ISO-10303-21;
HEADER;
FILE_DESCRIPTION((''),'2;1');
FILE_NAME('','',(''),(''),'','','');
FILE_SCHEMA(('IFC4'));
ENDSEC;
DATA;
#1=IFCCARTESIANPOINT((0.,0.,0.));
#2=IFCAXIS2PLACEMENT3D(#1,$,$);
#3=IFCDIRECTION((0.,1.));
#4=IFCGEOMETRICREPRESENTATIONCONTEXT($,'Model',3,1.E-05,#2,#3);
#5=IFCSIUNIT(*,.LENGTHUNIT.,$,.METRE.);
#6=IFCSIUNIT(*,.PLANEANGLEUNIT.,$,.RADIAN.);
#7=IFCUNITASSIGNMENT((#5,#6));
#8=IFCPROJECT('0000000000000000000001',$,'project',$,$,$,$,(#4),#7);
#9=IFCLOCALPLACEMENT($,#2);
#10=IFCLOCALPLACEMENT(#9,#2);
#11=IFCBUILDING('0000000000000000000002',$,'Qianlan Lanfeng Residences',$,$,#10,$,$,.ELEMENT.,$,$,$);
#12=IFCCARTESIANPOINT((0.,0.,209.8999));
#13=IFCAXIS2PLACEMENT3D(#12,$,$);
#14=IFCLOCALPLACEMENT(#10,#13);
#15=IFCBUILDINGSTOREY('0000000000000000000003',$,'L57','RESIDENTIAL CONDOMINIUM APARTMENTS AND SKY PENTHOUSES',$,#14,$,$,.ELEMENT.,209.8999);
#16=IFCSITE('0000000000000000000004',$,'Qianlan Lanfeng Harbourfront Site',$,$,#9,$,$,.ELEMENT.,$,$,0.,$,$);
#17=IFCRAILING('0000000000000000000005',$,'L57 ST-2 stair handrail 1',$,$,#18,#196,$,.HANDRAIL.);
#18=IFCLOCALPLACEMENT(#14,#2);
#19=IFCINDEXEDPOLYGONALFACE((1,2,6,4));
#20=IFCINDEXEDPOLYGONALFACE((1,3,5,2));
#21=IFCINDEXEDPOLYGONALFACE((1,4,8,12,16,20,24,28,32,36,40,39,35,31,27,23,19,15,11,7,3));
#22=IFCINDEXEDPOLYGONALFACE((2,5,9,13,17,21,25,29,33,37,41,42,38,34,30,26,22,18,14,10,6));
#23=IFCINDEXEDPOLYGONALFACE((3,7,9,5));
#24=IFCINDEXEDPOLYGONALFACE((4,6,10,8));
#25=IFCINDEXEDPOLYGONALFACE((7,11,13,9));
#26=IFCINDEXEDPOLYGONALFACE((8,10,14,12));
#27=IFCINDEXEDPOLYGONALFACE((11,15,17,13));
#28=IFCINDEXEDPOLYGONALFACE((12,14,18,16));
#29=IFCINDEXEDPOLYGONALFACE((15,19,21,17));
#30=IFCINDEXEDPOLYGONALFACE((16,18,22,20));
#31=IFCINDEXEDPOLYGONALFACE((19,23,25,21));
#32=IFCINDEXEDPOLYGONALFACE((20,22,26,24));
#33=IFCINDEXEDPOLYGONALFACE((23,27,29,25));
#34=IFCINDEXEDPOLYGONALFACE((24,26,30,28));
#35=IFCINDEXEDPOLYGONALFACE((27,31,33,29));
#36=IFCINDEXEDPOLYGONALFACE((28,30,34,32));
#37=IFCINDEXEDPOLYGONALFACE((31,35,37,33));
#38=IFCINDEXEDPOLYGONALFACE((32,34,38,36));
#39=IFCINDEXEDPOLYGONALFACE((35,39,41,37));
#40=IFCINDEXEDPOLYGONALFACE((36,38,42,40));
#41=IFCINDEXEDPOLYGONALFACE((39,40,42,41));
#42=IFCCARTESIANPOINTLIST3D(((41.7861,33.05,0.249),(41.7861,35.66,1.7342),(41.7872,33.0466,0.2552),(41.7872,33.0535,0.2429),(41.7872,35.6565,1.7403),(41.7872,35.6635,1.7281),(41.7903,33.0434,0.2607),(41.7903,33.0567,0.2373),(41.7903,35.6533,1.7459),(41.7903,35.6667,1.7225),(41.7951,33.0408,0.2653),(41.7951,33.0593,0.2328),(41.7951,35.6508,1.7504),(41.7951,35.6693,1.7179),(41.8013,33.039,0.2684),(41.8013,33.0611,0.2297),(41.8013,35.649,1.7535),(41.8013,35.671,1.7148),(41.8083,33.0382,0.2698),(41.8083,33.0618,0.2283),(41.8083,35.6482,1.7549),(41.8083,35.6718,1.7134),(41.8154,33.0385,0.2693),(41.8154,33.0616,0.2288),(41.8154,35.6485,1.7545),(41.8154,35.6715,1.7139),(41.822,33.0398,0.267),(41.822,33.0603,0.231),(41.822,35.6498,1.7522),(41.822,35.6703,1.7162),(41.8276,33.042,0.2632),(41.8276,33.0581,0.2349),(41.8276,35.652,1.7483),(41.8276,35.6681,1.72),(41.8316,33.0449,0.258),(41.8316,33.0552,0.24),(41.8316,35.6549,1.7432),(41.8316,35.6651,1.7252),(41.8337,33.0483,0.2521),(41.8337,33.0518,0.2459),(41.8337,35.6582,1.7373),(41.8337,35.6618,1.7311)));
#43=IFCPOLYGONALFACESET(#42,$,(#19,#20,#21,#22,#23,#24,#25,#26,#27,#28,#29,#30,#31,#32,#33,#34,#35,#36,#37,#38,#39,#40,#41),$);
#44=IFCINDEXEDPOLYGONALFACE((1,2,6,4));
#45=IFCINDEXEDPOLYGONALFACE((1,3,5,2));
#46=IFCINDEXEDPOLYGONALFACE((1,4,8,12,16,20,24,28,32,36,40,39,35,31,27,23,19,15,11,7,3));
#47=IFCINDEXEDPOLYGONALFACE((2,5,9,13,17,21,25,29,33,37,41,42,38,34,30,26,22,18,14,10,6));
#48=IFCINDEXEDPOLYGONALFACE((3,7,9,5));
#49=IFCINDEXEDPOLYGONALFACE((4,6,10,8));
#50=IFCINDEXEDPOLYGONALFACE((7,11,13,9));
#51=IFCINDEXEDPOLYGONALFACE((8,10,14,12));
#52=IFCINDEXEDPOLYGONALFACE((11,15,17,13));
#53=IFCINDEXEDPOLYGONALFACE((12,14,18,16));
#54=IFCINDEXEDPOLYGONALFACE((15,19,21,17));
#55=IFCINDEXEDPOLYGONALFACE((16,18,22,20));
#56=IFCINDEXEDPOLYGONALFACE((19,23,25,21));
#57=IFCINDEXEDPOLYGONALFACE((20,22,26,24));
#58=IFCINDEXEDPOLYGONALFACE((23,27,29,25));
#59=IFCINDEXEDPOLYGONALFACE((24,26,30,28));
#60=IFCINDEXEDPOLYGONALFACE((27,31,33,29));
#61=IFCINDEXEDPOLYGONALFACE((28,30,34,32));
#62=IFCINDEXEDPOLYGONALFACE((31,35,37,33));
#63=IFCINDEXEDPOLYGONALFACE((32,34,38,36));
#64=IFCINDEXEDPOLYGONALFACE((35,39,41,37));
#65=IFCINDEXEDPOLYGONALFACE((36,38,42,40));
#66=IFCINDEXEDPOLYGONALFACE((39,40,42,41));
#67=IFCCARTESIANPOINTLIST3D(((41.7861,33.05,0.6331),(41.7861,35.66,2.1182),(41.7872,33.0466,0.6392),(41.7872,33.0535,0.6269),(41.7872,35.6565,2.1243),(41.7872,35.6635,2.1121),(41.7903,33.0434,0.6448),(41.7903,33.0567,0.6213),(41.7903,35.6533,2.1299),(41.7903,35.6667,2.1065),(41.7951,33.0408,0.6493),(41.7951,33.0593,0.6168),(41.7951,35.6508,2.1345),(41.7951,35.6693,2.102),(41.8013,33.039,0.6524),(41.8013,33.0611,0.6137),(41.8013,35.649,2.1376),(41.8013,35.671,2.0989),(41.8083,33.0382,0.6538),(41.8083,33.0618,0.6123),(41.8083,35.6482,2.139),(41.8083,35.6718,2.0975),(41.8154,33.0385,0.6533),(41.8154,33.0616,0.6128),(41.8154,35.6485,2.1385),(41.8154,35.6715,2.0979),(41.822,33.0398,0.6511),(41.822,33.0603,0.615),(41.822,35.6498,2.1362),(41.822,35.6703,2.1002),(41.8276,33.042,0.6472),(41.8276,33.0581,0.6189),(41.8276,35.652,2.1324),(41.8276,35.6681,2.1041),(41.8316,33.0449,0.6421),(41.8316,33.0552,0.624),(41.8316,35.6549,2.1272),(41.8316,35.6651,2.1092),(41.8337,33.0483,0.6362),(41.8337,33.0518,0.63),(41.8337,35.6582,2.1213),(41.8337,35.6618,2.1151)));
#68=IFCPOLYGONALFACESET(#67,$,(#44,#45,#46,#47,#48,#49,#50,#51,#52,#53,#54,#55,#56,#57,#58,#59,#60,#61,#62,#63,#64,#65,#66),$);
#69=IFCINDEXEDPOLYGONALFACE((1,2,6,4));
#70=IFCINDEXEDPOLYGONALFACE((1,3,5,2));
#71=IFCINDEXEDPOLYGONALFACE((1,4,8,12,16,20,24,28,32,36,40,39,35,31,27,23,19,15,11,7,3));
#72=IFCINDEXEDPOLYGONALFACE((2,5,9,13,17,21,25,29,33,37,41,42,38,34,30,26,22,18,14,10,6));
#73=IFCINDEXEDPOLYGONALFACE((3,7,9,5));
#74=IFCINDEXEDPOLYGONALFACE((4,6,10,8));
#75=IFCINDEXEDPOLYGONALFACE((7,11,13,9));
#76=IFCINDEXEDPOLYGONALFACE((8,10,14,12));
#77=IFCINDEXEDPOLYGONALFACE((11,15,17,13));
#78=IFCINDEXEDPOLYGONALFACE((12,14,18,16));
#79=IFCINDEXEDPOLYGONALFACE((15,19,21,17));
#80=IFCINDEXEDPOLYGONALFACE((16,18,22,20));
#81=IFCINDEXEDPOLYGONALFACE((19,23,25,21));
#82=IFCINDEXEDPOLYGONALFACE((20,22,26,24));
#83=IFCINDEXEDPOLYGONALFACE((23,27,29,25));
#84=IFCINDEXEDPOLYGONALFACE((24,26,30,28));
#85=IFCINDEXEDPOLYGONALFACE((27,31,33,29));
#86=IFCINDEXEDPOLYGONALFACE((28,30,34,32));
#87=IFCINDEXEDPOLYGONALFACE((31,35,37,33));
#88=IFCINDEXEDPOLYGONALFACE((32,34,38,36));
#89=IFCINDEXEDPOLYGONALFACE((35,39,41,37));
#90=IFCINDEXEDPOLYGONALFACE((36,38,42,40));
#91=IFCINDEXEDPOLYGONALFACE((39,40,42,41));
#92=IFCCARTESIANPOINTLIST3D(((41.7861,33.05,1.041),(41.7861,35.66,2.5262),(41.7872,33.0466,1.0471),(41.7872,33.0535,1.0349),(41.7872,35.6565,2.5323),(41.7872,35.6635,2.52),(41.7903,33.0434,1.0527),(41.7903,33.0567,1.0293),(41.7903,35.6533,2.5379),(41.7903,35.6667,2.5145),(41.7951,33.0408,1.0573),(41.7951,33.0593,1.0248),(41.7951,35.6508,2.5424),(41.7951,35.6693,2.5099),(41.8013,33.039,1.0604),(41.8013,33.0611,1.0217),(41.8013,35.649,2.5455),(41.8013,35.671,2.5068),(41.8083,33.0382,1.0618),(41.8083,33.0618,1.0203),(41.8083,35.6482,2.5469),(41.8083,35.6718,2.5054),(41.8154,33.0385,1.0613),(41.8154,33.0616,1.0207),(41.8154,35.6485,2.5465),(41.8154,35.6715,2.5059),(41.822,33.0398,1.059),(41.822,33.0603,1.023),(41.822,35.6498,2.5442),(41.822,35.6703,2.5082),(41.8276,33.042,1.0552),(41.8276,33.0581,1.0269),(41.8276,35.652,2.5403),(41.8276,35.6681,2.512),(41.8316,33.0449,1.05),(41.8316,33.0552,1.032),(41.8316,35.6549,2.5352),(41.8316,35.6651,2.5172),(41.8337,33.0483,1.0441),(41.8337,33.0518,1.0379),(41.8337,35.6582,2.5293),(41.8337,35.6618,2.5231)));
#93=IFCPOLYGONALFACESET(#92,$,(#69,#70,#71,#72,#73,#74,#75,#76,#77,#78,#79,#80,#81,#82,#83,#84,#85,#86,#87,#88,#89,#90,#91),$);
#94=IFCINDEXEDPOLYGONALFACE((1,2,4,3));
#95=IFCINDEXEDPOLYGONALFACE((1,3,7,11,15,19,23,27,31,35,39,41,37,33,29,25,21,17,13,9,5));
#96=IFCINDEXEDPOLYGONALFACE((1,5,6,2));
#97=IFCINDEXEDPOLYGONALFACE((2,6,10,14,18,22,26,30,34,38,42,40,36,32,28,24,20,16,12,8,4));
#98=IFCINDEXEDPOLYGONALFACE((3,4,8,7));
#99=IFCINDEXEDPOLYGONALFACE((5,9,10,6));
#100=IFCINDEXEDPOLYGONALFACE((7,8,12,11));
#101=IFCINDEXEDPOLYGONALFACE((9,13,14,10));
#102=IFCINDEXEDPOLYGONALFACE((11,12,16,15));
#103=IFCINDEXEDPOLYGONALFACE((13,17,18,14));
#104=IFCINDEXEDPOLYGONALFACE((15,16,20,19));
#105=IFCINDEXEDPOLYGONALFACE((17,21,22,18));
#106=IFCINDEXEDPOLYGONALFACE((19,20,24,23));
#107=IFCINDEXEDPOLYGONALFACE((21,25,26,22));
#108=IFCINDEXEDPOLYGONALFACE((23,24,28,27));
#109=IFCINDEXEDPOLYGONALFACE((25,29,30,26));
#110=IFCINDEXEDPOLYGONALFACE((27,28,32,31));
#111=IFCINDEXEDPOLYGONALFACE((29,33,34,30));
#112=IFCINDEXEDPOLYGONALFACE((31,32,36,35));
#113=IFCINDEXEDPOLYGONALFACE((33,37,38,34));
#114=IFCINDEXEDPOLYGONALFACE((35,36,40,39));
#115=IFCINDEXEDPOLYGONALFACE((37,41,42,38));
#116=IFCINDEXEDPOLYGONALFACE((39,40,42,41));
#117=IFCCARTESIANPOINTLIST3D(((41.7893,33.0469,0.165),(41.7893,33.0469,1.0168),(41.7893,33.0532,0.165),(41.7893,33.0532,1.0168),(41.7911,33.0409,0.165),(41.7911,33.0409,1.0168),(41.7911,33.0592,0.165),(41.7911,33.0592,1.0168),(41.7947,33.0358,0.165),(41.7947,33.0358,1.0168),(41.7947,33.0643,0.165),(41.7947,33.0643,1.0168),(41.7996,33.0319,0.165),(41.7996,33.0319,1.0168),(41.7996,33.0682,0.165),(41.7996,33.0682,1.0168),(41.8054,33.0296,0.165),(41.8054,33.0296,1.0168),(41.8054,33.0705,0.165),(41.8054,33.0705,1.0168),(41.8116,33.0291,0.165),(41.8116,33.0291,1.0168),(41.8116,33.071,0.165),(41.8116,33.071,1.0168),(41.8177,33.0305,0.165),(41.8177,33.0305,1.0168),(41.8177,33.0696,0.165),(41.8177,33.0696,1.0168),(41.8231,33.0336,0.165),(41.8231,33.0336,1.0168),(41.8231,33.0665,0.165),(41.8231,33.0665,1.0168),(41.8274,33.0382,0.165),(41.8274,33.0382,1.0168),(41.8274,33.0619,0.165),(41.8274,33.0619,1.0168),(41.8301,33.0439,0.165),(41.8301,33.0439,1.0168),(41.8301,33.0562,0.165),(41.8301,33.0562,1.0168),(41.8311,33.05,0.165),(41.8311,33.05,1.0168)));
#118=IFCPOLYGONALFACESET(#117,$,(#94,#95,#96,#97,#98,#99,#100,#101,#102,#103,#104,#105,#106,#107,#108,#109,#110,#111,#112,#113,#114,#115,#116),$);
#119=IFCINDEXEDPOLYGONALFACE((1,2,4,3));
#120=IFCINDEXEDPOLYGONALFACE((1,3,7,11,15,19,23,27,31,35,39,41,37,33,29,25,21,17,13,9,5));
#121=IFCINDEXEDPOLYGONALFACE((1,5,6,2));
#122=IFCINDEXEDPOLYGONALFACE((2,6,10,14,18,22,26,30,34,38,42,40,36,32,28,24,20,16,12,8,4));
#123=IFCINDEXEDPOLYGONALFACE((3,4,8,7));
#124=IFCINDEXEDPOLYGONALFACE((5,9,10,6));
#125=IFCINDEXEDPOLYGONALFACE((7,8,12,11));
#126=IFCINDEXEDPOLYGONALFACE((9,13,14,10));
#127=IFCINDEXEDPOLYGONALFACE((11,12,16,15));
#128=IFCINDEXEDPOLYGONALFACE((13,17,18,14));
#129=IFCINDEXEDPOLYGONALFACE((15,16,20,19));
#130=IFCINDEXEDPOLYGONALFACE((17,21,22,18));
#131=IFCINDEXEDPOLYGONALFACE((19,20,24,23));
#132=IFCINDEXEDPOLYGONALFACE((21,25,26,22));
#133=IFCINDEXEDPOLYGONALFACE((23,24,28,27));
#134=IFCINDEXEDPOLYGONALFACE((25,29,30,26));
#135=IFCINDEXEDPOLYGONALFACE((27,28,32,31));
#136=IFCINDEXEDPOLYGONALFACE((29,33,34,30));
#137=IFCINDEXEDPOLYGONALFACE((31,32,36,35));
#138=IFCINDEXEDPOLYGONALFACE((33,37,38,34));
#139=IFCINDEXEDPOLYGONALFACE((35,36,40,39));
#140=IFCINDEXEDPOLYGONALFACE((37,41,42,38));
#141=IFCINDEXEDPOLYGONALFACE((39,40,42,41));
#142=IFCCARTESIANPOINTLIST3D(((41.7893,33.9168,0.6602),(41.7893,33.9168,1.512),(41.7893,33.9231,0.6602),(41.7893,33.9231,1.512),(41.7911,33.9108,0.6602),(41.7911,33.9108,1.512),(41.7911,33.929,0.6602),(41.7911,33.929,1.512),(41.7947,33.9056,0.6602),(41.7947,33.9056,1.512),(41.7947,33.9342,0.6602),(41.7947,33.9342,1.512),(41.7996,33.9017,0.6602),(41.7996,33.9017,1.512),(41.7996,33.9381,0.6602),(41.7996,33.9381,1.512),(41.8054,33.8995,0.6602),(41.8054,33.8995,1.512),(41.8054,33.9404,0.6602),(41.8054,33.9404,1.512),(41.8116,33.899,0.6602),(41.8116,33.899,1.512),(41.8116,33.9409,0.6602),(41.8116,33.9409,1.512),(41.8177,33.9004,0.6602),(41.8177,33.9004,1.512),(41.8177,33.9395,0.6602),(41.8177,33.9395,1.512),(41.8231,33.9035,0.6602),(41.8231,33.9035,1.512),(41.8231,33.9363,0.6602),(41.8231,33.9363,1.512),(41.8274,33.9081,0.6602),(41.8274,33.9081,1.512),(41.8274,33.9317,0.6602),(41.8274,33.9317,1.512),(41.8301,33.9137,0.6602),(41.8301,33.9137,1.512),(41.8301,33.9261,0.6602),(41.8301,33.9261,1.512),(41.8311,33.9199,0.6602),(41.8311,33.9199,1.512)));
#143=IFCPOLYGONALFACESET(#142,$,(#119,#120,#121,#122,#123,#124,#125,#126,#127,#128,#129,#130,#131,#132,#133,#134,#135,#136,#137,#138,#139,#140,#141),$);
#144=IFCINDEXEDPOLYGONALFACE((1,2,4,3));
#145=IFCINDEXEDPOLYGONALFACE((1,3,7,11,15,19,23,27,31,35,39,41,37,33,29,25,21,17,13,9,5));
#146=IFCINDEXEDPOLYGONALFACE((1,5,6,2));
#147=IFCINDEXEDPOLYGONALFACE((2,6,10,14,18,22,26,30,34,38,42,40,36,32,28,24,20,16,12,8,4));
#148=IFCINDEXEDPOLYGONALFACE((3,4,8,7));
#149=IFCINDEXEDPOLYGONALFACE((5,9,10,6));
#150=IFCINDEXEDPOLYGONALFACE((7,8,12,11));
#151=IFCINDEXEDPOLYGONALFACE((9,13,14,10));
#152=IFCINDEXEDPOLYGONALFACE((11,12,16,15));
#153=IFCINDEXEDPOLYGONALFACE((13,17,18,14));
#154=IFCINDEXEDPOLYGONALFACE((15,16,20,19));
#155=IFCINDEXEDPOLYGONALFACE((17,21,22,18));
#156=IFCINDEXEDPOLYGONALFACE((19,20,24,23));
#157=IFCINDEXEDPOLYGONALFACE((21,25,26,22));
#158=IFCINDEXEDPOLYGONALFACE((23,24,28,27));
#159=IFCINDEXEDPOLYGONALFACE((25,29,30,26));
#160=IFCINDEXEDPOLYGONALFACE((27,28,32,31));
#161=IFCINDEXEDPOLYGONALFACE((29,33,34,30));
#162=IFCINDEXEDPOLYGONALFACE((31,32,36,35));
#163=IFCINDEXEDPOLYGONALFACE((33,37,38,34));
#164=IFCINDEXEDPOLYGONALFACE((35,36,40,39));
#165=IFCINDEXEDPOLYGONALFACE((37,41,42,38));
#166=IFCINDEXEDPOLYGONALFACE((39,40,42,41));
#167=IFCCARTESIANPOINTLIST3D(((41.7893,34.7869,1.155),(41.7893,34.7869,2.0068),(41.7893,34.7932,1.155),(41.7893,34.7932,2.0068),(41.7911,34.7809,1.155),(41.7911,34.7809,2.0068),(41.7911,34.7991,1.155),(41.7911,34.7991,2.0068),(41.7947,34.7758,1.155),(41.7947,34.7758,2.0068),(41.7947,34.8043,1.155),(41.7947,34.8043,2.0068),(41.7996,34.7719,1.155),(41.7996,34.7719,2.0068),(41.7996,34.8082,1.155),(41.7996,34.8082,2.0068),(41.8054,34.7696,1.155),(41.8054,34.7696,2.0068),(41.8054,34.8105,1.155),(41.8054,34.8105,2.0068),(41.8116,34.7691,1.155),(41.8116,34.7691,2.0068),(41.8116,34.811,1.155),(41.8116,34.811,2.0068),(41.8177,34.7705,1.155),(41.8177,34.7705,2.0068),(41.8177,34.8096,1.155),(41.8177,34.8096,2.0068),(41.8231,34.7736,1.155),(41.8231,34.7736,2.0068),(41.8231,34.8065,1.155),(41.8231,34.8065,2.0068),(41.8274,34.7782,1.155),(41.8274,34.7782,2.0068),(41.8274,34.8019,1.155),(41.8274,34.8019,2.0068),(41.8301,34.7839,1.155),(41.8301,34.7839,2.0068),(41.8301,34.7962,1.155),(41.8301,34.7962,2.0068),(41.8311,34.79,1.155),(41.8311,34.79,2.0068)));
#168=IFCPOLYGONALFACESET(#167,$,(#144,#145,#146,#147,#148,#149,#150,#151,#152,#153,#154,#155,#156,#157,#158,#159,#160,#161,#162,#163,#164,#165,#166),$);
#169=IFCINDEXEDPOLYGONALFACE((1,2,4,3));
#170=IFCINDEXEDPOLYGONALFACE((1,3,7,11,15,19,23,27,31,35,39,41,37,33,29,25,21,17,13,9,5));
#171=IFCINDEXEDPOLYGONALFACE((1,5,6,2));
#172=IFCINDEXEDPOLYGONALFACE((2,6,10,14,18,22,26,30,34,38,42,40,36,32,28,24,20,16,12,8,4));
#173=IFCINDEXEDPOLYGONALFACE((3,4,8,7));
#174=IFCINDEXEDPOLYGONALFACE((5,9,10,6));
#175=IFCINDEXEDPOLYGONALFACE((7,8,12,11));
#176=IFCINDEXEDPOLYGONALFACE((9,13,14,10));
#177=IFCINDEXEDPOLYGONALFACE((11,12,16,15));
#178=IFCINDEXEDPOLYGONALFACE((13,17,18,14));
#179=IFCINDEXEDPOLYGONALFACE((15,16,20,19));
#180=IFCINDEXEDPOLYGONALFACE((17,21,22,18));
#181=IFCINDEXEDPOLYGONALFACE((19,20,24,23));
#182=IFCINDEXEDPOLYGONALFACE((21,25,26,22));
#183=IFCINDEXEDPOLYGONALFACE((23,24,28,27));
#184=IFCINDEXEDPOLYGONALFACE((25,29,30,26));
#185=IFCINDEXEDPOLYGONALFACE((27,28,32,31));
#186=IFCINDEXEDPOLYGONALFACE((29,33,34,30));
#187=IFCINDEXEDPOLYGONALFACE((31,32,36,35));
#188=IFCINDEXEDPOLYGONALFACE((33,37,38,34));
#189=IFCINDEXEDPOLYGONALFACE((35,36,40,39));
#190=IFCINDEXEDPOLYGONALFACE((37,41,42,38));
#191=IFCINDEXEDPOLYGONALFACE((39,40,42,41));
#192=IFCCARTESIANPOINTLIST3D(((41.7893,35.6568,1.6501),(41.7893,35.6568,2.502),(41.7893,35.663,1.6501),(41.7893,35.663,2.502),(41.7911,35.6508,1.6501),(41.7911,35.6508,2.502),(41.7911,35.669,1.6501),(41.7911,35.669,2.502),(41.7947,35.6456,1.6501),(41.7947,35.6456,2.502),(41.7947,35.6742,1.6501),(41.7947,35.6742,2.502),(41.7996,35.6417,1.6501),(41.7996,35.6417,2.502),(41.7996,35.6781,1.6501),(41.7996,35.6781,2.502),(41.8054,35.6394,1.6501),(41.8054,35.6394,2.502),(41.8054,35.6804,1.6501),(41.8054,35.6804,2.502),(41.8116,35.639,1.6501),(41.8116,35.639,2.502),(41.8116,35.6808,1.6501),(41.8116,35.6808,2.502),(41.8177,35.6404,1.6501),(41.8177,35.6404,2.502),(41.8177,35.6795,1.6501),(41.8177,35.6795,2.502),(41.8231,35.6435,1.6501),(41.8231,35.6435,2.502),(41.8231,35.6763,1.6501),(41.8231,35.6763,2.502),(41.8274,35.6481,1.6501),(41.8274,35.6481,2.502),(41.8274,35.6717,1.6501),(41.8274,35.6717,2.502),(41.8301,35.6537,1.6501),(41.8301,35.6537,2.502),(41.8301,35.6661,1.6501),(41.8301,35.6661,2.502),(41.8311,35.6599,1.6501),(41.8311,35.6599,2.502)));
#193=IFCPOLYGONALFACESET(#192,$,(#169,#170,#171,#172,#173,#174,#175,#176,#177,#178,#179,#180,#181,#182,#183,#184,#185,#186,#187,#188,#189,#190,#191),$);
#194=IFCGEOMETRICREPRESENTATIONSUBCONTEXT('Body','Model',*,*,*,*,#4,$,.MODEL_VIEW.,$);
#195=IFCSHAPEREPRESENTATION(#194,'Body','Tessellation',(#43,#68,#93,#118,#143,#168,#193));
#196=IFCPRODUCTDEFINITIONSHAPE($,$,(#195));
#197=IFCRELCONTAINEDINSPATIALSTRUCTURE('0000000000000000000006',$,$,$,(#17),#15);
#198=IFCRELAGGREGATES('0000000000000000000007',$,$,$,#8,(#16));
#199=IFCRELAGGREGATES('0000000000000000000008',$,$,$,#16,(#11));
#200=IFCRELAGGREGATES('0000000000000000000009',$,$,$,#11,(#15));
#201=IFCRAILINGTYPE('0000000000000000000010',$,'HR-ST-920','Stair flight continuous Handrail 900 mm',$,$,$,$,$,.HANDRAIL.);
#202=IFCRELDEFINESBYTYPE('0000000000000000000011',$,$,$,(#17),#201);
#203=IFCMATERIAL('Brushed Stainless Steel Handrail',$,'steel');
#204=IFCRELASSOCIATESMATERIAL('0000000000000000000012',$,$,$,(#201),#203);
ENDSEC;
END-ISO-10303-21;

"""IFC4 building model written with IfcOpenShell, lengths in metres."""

from ifc_helpers import new_model, si_unit, direction, frame, origin, origin_2d, place, context, subcontext, project, spatial, circle, extrude, material, type_object, element, save


model = new_model("IFC4")

# Units and contexts
model_context = context("Model", 3, precision=1e-05, world=origin(), true_north=direction((0.0, 1.0)))
body_context = subcontext(model_context, "Body", "Model", "MODEL_VIEW")
ifc_project = project(units=[si_unit("LENGTHUNIT", "METRE"), si_unit("PLANEANGLEUNIT", "RADIAN")], contexts=[model_context])

# Site, building, storey
site_placement = place(None, origin())
site = spatial("IfcSite", under=ifc_project, at=site_placement, Name="Qianlan Lanfeng Harbourfront Site", CompositionType="ELEMENT", RefElevation=0.0)
building_placement = place(site_placement, origin())
building = spatial("IfcBuilding", under=site, at=building_placement, Name="Qianlan Lanfeng Residences", CompositionType="ELEMENT")
storey_placement = place(building_placement, frame((0.0, 0.0, 209.8999)))
storey = spatial("IfcBuildingStorey", under=building, at=storey_placement, Name="L57", Description="RESIDENTIAL CONDOMINIUM APARTMENTS AND SKY PENTHOUSES", CompositionType="ELEMENT", Elevation=209.8999)

# Railing
ifc_material_1 = material(Name="Brushed Stainless Steel Handrail", Category="steel")
railing_type_1 = type_object("IfcRailingType", Name="HR-ST-920", Description="Stair flight continuous Handrail 900 mm", PredefinedType="HANDRAIL", material=ifc_material_1)
railing_1_placement = place(storey_placement, frame((41.8101, 33.05, 0.165)))
element("IfcRailing", 1, at=railing_1_placement, inside=storey, type_object=railing_type_1, Name="L57 ST-2 stair handrail 1", PredefinedType="HANDRAIL", context=body_context, shape_type="SweptSolid", body=[
    extrude(circle(Radius=0.0239, at=origin_2d()), frame((0.0, 0.0, 0.084), z_axis=(0.0, 0.869137, 0.494571), x_axis=(-1.0, 0.0, 0.0)), (0.0, 0.0, 1.0), 3.0029),
    extrude(circle(Radius=0.0239, at=origin_2d()), frame((0.0, 0.0, 0.468), z_axis=(0.0, 0.869137, 0.494571), x_axis=(-1.0, 0.0, 0.0)), (0.0, 0.0, 1.0), 3.0029),
    extrude(circle(Radius=0.0239, at=origin_2d()), frame((0.0, 0.0, 0.876), z_axis=(0.0, 0.869137, 0.494571), x_axis=(-1.0, 0.0, 0.0)), (0.0, 0.0, 1.0), 3.0029),
    extrude(circle(Radius=0.021, at=origin_2d()), origin(), (0.0, 0.0, 1.0), 0.8518),
    extrude(circle(Radius=0.021, at=origin_2d()), frame((0.0, 0.8699, 0.4951)), (0.0, 0.0, 1.0), 0.8518),
    extrude(circle(Radius=0.021, at=origin_2d()), frame((0.0, 1.74, 0.99)), (0.0, 0.0, 1.0), 0.8518),
    extrude(circle(Radius=0.021, at=origin_2d()), frame((0.0, 2.6099, 1.4851)), (0.0, 0.0, 1.0), 0.8518),
])

save(model, "model.ifc")
